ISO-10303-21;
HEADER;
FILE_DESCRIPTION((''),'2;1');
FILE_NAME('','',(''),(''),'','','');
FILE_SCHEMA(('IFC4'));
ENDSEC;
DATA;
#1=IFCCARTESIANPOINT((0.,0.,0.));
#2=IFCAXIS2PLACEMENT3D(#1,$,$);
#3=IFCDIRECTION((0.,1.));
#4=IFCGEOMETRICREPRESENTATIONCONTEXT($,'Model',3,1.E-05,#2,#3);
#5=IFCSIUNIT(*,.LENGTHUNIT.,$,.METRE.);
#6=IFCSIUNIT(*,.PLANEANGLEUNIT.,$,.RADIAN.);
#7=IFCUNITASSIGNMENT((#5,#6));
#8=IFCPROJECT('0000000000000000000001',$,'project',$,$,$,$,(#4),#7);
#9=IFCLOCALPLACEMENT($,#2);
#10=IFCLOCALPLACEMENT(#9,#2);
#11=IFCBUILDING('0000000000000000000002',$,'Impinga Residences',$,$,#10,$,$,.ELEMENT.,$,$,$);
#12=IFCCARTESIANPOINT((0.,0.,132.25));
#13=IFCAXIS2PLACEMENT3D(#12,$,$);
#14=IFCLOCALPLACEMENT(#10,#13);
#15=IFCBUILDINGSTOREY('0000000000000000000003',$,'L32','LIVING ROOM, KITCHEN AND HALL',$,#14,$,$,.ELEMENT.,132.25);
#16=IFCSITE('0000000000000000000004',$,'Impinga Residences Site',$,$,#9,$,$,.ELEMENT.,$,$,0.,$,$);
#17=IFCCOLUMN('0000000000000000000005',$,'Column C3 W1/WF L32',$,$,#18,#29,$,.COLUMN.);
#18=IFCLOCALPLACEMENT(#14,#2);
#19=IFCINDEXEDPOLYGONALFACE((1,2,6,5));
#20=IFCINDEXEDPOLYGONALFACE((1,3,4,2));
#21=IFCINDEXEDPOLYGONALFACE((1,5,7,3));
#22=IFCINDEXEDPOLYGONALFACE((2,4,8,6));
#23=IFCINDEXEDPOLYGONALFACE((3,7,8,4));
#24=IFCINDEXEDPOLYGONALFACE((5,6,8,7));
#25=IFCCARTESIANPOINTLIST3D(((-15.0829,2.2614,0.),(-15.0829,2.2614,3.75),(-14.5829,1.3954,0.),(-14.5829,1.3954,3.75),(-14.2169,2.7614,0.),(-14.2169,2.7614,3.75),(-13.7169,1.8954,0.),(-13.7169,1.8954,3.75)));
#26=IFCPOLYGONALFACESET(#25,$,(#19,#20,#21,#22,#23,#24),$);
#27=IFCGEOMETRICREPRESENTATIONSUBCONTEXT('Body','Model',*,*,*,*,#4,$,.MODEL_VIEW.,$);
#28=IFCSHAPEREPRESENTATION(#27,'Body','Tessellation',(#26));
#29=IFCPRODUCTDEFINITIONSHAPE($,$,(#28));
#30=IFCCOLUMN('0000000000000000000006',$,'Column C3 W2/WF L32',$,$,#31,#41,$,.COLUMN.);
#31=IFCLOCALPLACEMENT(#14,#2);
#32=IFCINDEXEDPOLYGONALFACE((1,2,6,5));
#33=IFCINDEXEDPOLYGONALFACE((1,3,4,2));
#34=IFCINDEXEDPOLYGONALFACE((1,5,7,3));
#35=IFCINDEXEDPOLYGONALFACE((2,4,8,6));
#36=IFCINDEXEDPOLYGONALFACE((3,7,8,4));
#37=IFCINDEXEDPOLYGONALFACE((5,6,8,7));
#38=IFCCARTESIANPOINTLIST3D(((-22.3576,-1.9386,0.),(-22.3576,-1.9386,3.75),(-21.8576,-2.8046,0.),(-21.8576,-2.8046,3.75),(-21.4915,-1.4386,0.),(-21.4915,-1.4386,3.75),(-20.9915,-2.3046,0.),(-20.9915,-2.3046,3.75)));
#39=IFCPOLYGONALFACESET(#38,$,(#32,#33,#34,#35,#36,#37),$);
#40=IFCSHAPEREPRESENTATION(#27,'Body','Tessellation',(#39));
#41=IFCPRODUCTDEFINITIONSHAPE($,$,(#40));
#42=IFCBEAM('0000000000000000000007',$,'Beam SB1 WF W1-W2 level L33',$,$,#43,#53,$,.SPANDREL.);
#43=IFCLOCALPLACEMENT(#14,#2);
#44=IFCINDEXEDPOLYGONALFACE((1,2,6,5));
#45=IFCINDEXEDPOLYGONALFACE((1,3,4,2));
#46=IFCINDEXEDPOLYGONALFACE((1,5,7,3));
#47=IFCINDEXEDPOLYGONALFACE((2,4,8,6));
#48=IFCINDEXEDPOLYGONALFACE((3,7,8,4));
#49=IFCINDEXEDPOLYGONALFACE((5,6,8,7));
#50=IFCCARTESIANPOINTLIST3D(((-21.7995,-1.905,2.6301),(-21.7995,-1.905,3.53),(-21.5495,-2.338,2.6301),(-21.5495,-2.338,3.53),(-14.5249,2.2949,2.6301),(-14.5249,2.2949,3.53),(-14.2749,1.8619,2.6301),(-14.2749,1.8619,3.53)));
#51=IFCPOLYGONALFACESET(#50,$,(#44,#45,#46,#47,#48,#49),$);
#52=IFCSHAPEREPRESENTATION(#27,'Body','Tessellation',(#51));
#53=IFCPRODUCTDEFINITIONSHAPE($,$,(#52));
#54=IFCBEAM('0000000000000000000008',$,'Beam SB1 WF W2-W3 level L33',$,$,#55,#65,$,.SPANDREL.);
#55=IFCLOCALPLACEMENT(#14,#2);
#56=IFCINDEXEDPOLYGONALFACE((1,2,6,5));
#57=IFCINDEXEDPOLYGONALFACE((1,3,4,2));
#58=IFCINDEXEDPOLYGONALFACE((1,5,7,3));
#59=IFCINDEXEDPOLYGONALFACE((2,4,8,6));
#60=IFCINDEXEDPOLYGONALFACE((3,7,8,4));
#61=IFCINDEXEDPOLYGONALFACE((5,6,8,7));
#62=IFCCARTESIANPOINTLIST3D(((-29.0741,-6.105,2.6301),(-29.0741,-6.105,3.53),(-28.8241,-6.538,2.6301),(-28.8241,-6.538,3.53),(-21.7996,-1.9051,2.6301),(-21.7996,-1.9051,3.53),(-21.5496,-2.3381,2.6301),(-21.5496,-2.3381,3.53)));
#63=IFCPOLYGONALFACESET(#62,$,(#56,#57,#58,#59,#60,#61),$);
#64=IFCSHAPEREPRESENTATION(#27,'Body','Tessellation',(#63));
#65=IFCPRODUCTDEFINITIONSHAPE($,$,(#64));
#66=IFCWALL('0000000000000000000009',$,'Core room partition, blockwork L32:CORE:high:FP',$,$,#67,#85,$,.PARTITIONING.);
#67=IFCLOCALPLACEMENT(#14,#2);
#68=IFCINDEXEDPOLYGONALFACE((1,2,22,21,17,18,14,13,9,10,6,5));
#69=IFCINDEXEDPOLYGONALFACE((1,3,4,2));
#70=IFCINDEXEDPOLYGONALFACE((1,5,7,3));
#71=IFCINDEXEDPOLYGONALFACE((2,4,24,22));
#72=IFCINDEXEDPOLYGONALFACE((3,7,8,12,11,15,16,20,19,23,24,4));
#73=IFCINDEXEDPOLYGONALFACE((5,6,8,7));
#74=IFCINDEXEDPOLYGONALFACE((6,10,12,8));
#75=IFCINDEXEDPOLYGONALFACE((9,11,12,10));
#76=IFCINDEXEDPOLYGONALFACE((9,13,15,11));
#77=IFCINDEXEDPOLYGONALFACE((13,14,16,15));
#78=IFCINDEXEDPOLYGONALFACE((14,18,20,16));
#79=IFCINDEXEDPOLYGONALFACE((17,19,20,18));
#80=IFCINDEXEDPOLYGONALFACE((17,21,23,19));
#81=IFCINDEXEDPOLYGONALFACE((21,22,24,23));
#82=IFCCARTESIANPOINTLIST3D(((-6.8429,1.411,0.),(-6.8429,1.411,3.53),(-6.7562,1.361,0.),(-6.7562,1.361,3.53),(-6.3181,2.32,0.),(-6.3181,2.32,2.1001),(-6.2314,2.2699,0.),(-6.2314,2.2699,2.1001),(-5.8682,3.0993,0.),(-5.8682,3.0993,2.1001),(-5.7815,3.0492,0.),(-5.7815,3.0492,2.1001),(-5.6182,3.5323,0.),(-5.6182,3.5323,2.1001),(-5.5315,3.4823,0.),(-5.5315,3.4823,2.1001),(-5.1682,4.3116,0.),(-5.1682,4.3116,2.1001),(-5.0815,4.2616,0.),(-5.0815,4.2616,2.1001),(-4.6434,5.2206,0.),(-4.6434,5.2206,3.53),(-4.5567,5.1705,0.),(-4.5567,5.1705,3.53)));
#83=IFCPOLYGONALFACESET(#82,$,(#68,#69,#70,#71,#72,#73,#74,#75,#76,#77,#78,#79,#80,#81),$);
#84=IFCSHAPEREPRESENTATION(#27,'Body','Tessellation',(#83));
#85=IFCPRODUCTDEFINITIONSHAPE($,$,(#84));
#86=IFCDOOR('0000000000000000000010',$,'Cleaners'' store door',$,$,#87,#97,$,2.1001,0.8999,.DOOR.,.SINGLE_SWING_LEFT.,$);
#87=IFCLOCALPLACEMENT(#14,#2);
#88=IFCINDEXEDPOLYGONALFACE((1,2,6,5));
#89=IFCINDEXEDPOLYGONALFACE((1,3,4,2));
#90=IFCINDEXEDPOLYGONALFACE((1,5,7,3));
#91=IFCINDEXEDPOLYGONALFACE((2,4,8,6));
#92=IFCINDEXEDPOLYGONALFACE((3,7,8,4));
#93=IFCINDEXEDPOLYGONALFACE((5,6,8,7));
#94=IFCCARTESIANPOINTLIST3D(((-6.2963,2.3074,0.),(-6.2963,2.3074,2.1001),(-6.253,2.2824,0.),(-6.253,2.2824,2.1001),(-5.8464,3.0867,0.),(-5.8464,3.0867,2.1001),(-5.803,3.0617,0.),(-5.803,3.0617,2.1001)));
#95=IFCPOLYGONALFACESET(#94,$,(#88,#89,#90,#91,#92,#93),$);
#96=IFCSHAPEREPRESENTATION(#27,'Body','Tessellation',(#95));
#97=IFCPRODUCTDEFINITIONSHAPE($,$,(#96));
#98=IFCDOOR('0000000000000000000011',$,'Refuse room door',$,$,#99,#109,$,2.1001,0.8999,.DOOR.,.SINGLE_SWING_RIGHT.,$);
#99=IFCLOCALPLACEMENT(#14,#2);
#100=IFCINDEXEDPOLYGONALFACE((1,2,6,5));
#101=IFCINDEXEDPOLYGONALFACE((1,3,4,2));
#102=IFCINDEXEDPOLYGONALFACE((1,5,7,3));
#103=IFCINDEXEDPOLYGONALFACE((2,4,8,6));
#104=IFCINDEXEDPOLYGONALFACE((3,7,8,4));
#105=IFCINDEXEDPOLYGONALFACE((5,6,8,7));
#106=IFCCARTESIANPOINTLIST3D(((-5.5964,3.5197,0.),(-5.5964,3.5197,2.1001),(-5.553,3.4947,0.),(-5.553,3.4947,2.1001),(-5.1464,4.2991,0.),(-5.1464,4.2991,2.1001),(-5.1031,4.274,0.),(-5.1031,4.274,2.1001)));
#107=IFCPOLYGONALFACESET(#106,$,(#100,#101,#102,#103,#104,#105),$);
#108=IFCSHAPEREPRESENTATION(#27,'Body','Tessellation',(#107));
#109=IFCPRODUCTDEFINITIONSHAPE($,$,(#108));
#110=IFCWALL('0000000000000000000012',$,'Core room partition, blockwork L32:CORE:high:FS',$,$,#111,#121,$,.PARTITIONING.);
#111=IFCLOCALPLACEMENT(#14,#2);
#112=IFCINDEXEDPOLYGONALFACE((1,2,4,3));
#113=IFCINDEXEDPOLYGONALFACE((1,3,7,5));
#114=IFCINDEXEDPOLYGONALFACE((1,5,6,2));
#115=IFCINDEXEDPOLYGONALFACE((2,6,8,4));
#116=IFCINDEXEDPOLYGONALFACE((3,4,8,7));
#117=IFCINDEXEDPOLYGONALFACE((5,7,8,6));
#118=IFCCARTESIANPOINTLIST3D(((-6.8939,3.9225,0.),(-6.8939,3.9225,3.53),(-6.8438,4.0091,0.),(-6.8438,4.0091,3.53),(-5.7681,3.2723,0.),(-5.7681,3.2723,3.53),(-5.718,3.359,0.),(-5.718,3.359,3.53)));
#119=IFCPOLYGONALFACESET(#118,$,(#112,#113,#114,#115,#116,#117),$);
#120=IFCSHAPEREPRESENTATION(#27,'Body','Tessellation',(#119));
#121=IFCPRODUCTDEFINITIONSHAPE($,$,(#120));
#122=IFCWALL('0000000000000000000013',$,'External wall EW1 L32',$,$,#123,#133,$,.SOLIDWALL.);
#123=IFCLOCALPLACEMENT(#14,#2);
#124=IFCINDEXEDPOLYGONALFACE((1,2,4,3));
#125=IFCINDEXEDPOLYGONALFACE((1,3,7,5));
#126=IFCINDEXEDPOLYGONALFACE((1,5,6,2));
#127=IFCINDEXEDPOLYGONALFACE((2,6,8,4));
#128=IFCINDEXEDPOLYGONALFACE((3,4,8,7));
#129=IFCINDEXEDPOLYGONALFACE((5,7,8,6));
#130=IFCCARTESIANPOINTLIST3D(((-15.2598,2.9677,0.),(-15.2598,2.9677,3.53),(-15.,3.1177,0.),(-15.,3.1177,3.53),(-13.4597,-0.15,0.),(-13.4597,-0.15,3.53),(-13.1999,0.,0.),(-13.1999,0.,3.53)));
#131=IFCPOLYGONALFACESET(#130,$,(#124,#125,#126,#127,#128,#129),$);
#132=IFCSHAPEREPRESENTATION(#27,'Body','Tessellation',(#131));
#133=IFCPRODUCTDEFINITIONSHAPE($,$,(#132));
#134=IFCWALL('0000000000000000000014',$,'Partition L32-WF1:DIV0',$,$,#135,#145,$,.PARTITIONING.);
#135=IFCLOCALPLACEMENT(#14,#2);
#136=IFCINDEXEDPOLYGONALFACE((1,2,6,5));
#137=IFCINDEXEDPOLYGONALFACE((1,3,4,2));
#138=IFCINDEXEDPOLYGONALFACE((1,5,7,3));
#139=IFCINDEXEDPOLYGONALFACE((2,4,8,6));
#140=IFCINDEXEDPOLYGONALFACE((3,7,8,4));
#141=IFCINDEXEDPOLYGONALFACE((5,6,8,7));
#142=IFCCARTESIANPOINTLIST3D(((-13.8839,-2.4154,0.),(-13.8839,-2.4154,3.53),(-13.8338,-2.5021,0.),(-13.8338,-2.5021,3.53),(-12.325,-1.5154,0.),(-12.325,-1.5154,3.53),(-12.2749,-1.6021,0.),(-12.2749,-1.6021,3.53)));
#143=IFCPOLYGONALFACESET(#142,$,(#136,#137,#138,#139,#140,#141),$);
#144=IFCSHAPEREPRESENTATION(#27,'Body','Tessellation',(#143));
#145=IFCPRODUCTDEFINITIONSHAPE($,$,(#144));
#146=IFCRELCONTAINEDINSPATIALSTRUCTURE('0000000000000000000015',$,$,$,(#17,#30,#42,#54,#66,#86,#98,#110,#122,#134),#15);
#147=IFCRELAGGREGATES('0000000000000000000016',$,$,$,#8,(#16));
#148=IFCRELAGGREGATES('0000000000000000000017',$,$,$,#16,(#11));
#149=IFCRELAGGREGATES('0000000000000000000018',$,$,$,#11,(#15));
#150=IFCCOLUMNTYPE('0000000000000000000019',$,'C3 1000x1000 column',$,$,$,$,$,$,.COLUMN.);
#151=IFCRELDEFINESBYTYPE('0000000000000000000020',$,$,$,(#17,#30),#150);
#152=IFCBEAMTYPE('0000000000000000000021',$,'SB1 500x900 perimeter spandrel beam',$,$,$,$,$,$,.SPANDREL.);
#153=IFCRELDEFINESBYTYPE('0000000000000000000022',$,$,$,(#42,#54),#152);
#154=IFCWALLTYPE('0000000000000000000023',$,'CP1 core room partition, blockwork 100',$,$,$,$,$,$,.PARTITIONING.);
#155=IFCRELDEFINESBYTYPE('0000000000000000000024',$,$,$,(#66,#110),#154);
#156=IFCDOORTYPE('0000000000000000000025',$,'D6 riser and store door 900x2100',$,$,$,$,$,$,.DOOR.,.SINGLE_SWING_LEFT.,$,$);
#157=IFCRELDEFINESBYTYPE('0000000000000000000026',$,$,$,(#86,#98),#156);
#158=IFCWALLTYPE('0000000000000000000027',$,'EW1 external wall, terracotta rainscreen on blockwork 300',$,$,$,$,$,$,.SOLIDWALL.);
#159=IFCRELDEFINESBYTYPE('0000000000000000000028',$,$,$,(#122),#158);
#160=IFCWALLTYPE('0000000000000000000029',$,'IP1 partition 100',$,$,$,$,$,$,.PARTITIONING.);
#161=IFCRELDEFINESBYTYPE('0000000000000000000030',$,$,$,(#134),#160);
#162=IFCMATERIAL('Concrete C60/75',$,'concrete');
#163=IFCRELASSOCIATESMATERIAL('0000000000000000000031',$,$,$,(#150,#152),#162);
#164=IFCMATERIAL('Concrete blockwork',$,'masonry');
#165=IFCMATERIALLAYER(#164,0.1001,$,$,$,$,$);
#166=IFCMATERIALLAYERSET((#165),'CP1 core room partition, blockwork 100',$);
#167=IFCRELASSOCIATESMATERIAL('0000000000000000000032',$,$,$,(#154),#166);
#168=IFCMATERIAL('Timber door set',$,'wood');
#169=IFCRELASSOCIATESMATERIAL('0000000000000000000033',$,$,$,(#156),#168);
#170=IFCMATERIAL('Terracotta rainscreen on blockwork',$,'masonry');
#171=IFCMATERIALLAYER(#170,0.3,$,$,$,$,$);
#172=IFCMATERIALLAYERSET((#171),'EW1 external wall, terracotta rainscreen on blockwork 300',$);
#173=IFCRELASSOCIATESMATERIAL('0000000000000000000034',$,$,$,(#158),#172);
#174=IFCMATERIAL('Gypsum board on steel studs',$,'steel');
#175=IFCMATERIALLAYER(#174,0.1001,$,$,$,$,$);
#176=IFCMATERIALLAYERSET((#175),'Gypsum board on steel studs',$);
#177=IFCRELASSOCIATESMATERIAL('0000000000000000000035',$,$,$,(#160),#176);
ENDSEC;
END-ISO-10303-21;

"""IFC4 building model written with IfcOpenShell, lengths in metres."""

from ifc_helpers import new_model, si_unit, direction, frame, frame_2d, origin, origin_2d, place, context, subcontext, project, spatial, rectangle, extrude, material, layer, layer_set, material_profile, profile_set, type_object, element, fill, save


model = new_model("IFC4")

# Units and contexts
model_context = context("Model", 3, precision=1e-05, world=origin(), true_north=direction((0.0, 1.0)))
body_context = subcontext(model_context, "Body", "Model", "MODEL_VIEW")
ifc_project = project(units=[si_unit("LENGTHUNIT", "METRE"), si_unit("PLANEANGLEUNIT", "RADIAN")], contexts=[model_context])

# Site, building, storey
site_placement = place(None, origin())
site = spatial("IfcSite", under=ifc_project, at=site_placement, Name="Impinga Residences Site", CompositionType="ELEMENT", RefElevation=0.0)
building_placement = place(site_placement, origin())
building = spatial("IfcBuilding", under=site, at=building_placement, Name="Impinga Residences", CompositionType="ELEMENT")
storey_placement = place(building_placement, frame((0.0, 0.0, 132.25)))
storey = spatial("IfcBuildingStorey", under=building, at=storey_placement, Name="L32", Description="LIVING ROOM, KITCHEN AND HALL", CompositionType="ELEMENT", Elevation=132.25)

# Columns
ifc_material_1 = material(Name="Concrete C60/75", Category="concrete")
ifc_material_profile_1 = material_profile(ifc_material_1, rectangle(XDim=1.0, YDim=1.0, at=origin_2d()), Name="RC 1000x1000")
ifc_profile_set_1 = profile_set([ifc_material_profile_1], Name="Concrete C60/75")
column_type = type_object("IfcColumnType", Name="C3 1000x1000 column", PredefinedType="COLUMN", material=ifc_profile_set_1)
for number, where, z_axis, x_axis, name in (
    (1, (-14.3999, 2.0784, 0.0), (0.0, 0.0, 1.0), (-0.5, 0.866025, 0.0), "Column C3 W1/WF L32"),
    (2, (-21.6746, -2.1216, 0.0), (0.0, 0.0, 1.0), (-0.5, 0.866025, 0.0), "Column C3 W2/WF L32"),
):
    element("IfcColumn", number, at=place(storey_placement, frame(where, z_axis=z_axis, x_axis=x_axis)), inside=storey, type_object=column_type, Name=name, PredefinedType="COLUMN", context=body_context, shape_type="SweptSolid", body=[
        extrude(rectangle(XDim=1.0, YDim=1.0, at=origin_2d()), origin(), (0.0, 0.0, 1.0), 3.75),
    ])

# Beams
ifc_material_profile_2 = material_profile(ifc_material_1, rectangle(XDim=0.5, YDim=0.8999, at=origin_2d()), Name="RC 500x900")
ifc_profile_set_2 = profile_set([ifc_material_profile_2], Name="Concrete C60/75")
beam_type = type_object("IfcBeamType", Name="SB1 500x900 perimeter spandrel beam", PredefinedType="SPANDREL", material=ifc_profile_set_2)
for number, where, z_axis, x_axis, name in (
    (3, (-14.3999, 2.0784, 3.0801), (-0.866029, -0.499993, 0.0), (0.499993, -0.866029, 0.0), "Beam SB1 WF W1-W2 level L33"),
    (4, (-21.6746, -2.1216, 3.0801), (-0.866029, -0.499993, 0.0), (0.499993, -0.866029, 0.0), "Beam SB1 WF W2-W3 level L33"),
):
    element("IfcBeam", number, at=place(storey_placement, frame(where, z_axis=z_axis, x_axis=x_axis)), inside=storey, type_object=beam_type, Name=name, PredefinedType="SPANDREL", context=body_context, shape_type="SweptSolid", body=[
        extrude(rectangle(XDim=0.5, YDim=0.8999, at=origin_2d()), origin(), (0.0, 0.0, 1.0), 8.3999),
    ])

# Wall, openings, doors
ifc_material_2 = material(Name="Concrete blockwork", Category="masonry")
ifc_layer_1 = layer(ifc_material_2, 0.1001)
ifc_layer_set_1 = layer_set([ifc_layer_1], Name="CP1 core room partition, blockwork 100")
wall_type_1 = type_object("IfcWallType", Name="CP1 core room partition, blockwork 100", PredefinedType="PARTITIONING", material=ifc_layer_set_1)
wall_1_placement = place(storey_placement, frame((-6.7996, 1.386, 0.0), z_axis=(0.0, 0.0, 1.0), x_axis=(0.500001, 0.866025, 0.0)))
wall_1 = element("IfcWall", 5, at=wall_1_placement, inside=storey, type_object=wall_type_1, Name="Core room partition, blockwork L32:CORE:high:FP", PredefinedType="PARTITIONING", context=body_context, shape_type="SweptSolid", body=[
    extrude(rectangle(XDim=4.3989, YDim=0.1001, at=frame_2d((2.1995, 0.0))), origin(), (0.0, 0.0, 1.0), 3.53),
])
opening_1_placement = place(wall_1_placement, frame((1.0496, 0.0, 0.0)))
opening_1 = element("IfcOpeningElement", 6, at=opening_1_placement, cuts=wall_1, PredefinedType="OPENING", context=body_context, shape_type="SweptSolid", body=[
    extrude(rectangle(XDim=0.8999, YDim=2.1001, at=frame_2d((0.45, 1.05))), frame((0.0, 0.0601, 0.0), z_axis=(0.0, -1.0, 0.0), x_axis=(1.0, 0.0, 0.0)), (0.0, 0.0, 1.0), 0.1201),
])
opening_2_placement = place(wall_1_placement, frame((2.4495, 0.0, 0.0)))
opening_2 = element("IfcOpeningElement", 7, at=opening_2_placement, cuts=wall_1, PredefinedType="OPENING", context=body_context, shape_type="SweptSolid", body=[
    extrude(rectangle(XDim=0.8999, YDim=2.1001, at=frame_2d((0.45, 1.05))), frame((0.0, 0.0601, 0.0), z_axis=(0.0, -1.0, 0.0), x_axis=(1.0, 0.0, 0.0)), (0.0, 0.0, 1.0), 0.1201),
])
ifc_material_3 = material(Name="Timber door set", Category="wood")
door_type_1 = type_object("IfcDoorType", Name="D6 riser and store door 900x2100", OperationType="SINGLE_SWING_LEFT", PredefinedType="DOOR", material=ifc_material_3)
door_1_placement = place(opening_1_placement, origin())
door_1 = element("IfcDoor", 8, at=door_1_placement, inside=storey, type_object=door_type_1, Name="Cleaners' store door", OperationType="SINGLE_SWING_LEFT", OverallHeight=2.1001, OverallWidth=0.8999, PredefinedType="DOOR", context=body_context, shape_type="SweptSolid", body=[
    extrude(rectangle(XDim=0.8999, YDim=2.1001, at=frame_2d((0.45, 1.05))), frame((0.0, 0.0249, 0.0), z_axis=(0.0, -1.0, 0.0), x_axis=(1.0, 0.0, 0.0)), (0.0, 0.0, 1.0), 0.05),
])
fill(opening_1, door_1)
door_2_placement = place(opening_2_placement, origin())
door_2 = element("IfcDoor", 9, at=door_2_placement, inside=storey, type_object=door_type_1, Name="Refuse room door", OperationType="SINGLE_SWING_RIGHT", OverallHeight=2.1001, OverallWidth=0.8999, PredefinedType="DOOR", context=body_context, shape_type="SweptSolid", body=[
    extrude(rectangle(XDim=0.8999, YDim=2.1001, at=frame_2d((0.45, 1.05))), frame((0.0, 0.0249, 0.0), z_axis=(0.0, -1.0, 0.0), x_axis=(1.0, 0.0, 0.0)), (0.0, 0.0, 1.0), 0.05),
])
fill(opening_2, door_2)

# Walls
wall_2_placement = place(storey_placement, frame((-5.7432, 3.3157, 0.0), z_axis=(0.0, 0.0, 1.0), x_axis=(-0.865957, 0.500118, 0.0)))
element("IfcWall", 10, at=wall_2_placement, inside=storey, type_object=wall_type_1, Name="Core room partition, blockwork L32:CORE:high:FS", PredefinedType="PARTITIONING", context=body_context, shape_type="SweptSolid", body=[
    extrude(rectangle(XDim=1.3, YDim=0.1001, at=frame_2d((0.6499, 0.0))), origin(), (0.0, 0.0, 1.0), 3.53),
])
ifc_material_4 = material(Name="Terracotta rainscreen on blockwork", Category="masonry")
ifc_layer_2 = layer(ifc_material_4, 0.3)
ifc_layer_set_2 = layer_set([ifc_layer_2], Name="EW1 external wall, terracotta rainscreen on blockwork 300")
wall_type_2 = type_object("IfcWallType", Name="EW1 external wall, terracotta rainscreen on blockwork 300", PredefinedType="SOLIDWALL", material=ifc_layer_set_2)
wall_3_placement = place(storey_placement, frame((-15.1299, 3.0427, 0.0), z_axis=(0.0, 0.0, 1.0), x_axis=(0.500012, -0.866018, 0.0)))
element("IfcWall", 11, at=wall_3_placement, inside=storey, type_object=wall_type_2, Name="External wall EW1 L32", PredefinedType="SOLIDWALL", context=body_context, shape_type="SweptSolid", body=[
    extrude(rectangle(XDim=3.6001, YDim=0.3, at=frame_2d((1.8, 0.0))), origin(), (0.0, 0.0, 1.0), 3.53),
])
ifc_material_5 = material(Name="Gypsum board on steel studs", Category="steel")
ifc_layer_3 = layer(ifc_material_5, 0.1001)
ifc_layer_set_3 = layer_set([ifc_layer_3], Name="Gypsum board on steel studs")
wall_type_3 = type_object("IfcWallType", Name="IP1 partition 100", PredefinedType="PARTITIONING", material=ifc_layer_set_3)
wall_4_placement = place(storey_placement, frame((-12.3, -1.5588, 0.0), z_axis=(0.0, 0.0, 1.0), x_axis=(-0.866048, -0.499961, 0.0)))
element("IfcWall", 12, at=wall_4_placement, inside=storey, type_object=wall_type_3, Name="Partition L32-WF1:DIV0", PredefinedType="PARTITIONING", context=body_context, shape_type="SweptSolid", body=[
    extrude(rectangle(XDim=1.8, YDim=0.1001, at=frame_2d((0.8999, 0.0))), origin(), (0.0, 0.0, 1.0), 3.53),
])

save(model, "model.ifc")
